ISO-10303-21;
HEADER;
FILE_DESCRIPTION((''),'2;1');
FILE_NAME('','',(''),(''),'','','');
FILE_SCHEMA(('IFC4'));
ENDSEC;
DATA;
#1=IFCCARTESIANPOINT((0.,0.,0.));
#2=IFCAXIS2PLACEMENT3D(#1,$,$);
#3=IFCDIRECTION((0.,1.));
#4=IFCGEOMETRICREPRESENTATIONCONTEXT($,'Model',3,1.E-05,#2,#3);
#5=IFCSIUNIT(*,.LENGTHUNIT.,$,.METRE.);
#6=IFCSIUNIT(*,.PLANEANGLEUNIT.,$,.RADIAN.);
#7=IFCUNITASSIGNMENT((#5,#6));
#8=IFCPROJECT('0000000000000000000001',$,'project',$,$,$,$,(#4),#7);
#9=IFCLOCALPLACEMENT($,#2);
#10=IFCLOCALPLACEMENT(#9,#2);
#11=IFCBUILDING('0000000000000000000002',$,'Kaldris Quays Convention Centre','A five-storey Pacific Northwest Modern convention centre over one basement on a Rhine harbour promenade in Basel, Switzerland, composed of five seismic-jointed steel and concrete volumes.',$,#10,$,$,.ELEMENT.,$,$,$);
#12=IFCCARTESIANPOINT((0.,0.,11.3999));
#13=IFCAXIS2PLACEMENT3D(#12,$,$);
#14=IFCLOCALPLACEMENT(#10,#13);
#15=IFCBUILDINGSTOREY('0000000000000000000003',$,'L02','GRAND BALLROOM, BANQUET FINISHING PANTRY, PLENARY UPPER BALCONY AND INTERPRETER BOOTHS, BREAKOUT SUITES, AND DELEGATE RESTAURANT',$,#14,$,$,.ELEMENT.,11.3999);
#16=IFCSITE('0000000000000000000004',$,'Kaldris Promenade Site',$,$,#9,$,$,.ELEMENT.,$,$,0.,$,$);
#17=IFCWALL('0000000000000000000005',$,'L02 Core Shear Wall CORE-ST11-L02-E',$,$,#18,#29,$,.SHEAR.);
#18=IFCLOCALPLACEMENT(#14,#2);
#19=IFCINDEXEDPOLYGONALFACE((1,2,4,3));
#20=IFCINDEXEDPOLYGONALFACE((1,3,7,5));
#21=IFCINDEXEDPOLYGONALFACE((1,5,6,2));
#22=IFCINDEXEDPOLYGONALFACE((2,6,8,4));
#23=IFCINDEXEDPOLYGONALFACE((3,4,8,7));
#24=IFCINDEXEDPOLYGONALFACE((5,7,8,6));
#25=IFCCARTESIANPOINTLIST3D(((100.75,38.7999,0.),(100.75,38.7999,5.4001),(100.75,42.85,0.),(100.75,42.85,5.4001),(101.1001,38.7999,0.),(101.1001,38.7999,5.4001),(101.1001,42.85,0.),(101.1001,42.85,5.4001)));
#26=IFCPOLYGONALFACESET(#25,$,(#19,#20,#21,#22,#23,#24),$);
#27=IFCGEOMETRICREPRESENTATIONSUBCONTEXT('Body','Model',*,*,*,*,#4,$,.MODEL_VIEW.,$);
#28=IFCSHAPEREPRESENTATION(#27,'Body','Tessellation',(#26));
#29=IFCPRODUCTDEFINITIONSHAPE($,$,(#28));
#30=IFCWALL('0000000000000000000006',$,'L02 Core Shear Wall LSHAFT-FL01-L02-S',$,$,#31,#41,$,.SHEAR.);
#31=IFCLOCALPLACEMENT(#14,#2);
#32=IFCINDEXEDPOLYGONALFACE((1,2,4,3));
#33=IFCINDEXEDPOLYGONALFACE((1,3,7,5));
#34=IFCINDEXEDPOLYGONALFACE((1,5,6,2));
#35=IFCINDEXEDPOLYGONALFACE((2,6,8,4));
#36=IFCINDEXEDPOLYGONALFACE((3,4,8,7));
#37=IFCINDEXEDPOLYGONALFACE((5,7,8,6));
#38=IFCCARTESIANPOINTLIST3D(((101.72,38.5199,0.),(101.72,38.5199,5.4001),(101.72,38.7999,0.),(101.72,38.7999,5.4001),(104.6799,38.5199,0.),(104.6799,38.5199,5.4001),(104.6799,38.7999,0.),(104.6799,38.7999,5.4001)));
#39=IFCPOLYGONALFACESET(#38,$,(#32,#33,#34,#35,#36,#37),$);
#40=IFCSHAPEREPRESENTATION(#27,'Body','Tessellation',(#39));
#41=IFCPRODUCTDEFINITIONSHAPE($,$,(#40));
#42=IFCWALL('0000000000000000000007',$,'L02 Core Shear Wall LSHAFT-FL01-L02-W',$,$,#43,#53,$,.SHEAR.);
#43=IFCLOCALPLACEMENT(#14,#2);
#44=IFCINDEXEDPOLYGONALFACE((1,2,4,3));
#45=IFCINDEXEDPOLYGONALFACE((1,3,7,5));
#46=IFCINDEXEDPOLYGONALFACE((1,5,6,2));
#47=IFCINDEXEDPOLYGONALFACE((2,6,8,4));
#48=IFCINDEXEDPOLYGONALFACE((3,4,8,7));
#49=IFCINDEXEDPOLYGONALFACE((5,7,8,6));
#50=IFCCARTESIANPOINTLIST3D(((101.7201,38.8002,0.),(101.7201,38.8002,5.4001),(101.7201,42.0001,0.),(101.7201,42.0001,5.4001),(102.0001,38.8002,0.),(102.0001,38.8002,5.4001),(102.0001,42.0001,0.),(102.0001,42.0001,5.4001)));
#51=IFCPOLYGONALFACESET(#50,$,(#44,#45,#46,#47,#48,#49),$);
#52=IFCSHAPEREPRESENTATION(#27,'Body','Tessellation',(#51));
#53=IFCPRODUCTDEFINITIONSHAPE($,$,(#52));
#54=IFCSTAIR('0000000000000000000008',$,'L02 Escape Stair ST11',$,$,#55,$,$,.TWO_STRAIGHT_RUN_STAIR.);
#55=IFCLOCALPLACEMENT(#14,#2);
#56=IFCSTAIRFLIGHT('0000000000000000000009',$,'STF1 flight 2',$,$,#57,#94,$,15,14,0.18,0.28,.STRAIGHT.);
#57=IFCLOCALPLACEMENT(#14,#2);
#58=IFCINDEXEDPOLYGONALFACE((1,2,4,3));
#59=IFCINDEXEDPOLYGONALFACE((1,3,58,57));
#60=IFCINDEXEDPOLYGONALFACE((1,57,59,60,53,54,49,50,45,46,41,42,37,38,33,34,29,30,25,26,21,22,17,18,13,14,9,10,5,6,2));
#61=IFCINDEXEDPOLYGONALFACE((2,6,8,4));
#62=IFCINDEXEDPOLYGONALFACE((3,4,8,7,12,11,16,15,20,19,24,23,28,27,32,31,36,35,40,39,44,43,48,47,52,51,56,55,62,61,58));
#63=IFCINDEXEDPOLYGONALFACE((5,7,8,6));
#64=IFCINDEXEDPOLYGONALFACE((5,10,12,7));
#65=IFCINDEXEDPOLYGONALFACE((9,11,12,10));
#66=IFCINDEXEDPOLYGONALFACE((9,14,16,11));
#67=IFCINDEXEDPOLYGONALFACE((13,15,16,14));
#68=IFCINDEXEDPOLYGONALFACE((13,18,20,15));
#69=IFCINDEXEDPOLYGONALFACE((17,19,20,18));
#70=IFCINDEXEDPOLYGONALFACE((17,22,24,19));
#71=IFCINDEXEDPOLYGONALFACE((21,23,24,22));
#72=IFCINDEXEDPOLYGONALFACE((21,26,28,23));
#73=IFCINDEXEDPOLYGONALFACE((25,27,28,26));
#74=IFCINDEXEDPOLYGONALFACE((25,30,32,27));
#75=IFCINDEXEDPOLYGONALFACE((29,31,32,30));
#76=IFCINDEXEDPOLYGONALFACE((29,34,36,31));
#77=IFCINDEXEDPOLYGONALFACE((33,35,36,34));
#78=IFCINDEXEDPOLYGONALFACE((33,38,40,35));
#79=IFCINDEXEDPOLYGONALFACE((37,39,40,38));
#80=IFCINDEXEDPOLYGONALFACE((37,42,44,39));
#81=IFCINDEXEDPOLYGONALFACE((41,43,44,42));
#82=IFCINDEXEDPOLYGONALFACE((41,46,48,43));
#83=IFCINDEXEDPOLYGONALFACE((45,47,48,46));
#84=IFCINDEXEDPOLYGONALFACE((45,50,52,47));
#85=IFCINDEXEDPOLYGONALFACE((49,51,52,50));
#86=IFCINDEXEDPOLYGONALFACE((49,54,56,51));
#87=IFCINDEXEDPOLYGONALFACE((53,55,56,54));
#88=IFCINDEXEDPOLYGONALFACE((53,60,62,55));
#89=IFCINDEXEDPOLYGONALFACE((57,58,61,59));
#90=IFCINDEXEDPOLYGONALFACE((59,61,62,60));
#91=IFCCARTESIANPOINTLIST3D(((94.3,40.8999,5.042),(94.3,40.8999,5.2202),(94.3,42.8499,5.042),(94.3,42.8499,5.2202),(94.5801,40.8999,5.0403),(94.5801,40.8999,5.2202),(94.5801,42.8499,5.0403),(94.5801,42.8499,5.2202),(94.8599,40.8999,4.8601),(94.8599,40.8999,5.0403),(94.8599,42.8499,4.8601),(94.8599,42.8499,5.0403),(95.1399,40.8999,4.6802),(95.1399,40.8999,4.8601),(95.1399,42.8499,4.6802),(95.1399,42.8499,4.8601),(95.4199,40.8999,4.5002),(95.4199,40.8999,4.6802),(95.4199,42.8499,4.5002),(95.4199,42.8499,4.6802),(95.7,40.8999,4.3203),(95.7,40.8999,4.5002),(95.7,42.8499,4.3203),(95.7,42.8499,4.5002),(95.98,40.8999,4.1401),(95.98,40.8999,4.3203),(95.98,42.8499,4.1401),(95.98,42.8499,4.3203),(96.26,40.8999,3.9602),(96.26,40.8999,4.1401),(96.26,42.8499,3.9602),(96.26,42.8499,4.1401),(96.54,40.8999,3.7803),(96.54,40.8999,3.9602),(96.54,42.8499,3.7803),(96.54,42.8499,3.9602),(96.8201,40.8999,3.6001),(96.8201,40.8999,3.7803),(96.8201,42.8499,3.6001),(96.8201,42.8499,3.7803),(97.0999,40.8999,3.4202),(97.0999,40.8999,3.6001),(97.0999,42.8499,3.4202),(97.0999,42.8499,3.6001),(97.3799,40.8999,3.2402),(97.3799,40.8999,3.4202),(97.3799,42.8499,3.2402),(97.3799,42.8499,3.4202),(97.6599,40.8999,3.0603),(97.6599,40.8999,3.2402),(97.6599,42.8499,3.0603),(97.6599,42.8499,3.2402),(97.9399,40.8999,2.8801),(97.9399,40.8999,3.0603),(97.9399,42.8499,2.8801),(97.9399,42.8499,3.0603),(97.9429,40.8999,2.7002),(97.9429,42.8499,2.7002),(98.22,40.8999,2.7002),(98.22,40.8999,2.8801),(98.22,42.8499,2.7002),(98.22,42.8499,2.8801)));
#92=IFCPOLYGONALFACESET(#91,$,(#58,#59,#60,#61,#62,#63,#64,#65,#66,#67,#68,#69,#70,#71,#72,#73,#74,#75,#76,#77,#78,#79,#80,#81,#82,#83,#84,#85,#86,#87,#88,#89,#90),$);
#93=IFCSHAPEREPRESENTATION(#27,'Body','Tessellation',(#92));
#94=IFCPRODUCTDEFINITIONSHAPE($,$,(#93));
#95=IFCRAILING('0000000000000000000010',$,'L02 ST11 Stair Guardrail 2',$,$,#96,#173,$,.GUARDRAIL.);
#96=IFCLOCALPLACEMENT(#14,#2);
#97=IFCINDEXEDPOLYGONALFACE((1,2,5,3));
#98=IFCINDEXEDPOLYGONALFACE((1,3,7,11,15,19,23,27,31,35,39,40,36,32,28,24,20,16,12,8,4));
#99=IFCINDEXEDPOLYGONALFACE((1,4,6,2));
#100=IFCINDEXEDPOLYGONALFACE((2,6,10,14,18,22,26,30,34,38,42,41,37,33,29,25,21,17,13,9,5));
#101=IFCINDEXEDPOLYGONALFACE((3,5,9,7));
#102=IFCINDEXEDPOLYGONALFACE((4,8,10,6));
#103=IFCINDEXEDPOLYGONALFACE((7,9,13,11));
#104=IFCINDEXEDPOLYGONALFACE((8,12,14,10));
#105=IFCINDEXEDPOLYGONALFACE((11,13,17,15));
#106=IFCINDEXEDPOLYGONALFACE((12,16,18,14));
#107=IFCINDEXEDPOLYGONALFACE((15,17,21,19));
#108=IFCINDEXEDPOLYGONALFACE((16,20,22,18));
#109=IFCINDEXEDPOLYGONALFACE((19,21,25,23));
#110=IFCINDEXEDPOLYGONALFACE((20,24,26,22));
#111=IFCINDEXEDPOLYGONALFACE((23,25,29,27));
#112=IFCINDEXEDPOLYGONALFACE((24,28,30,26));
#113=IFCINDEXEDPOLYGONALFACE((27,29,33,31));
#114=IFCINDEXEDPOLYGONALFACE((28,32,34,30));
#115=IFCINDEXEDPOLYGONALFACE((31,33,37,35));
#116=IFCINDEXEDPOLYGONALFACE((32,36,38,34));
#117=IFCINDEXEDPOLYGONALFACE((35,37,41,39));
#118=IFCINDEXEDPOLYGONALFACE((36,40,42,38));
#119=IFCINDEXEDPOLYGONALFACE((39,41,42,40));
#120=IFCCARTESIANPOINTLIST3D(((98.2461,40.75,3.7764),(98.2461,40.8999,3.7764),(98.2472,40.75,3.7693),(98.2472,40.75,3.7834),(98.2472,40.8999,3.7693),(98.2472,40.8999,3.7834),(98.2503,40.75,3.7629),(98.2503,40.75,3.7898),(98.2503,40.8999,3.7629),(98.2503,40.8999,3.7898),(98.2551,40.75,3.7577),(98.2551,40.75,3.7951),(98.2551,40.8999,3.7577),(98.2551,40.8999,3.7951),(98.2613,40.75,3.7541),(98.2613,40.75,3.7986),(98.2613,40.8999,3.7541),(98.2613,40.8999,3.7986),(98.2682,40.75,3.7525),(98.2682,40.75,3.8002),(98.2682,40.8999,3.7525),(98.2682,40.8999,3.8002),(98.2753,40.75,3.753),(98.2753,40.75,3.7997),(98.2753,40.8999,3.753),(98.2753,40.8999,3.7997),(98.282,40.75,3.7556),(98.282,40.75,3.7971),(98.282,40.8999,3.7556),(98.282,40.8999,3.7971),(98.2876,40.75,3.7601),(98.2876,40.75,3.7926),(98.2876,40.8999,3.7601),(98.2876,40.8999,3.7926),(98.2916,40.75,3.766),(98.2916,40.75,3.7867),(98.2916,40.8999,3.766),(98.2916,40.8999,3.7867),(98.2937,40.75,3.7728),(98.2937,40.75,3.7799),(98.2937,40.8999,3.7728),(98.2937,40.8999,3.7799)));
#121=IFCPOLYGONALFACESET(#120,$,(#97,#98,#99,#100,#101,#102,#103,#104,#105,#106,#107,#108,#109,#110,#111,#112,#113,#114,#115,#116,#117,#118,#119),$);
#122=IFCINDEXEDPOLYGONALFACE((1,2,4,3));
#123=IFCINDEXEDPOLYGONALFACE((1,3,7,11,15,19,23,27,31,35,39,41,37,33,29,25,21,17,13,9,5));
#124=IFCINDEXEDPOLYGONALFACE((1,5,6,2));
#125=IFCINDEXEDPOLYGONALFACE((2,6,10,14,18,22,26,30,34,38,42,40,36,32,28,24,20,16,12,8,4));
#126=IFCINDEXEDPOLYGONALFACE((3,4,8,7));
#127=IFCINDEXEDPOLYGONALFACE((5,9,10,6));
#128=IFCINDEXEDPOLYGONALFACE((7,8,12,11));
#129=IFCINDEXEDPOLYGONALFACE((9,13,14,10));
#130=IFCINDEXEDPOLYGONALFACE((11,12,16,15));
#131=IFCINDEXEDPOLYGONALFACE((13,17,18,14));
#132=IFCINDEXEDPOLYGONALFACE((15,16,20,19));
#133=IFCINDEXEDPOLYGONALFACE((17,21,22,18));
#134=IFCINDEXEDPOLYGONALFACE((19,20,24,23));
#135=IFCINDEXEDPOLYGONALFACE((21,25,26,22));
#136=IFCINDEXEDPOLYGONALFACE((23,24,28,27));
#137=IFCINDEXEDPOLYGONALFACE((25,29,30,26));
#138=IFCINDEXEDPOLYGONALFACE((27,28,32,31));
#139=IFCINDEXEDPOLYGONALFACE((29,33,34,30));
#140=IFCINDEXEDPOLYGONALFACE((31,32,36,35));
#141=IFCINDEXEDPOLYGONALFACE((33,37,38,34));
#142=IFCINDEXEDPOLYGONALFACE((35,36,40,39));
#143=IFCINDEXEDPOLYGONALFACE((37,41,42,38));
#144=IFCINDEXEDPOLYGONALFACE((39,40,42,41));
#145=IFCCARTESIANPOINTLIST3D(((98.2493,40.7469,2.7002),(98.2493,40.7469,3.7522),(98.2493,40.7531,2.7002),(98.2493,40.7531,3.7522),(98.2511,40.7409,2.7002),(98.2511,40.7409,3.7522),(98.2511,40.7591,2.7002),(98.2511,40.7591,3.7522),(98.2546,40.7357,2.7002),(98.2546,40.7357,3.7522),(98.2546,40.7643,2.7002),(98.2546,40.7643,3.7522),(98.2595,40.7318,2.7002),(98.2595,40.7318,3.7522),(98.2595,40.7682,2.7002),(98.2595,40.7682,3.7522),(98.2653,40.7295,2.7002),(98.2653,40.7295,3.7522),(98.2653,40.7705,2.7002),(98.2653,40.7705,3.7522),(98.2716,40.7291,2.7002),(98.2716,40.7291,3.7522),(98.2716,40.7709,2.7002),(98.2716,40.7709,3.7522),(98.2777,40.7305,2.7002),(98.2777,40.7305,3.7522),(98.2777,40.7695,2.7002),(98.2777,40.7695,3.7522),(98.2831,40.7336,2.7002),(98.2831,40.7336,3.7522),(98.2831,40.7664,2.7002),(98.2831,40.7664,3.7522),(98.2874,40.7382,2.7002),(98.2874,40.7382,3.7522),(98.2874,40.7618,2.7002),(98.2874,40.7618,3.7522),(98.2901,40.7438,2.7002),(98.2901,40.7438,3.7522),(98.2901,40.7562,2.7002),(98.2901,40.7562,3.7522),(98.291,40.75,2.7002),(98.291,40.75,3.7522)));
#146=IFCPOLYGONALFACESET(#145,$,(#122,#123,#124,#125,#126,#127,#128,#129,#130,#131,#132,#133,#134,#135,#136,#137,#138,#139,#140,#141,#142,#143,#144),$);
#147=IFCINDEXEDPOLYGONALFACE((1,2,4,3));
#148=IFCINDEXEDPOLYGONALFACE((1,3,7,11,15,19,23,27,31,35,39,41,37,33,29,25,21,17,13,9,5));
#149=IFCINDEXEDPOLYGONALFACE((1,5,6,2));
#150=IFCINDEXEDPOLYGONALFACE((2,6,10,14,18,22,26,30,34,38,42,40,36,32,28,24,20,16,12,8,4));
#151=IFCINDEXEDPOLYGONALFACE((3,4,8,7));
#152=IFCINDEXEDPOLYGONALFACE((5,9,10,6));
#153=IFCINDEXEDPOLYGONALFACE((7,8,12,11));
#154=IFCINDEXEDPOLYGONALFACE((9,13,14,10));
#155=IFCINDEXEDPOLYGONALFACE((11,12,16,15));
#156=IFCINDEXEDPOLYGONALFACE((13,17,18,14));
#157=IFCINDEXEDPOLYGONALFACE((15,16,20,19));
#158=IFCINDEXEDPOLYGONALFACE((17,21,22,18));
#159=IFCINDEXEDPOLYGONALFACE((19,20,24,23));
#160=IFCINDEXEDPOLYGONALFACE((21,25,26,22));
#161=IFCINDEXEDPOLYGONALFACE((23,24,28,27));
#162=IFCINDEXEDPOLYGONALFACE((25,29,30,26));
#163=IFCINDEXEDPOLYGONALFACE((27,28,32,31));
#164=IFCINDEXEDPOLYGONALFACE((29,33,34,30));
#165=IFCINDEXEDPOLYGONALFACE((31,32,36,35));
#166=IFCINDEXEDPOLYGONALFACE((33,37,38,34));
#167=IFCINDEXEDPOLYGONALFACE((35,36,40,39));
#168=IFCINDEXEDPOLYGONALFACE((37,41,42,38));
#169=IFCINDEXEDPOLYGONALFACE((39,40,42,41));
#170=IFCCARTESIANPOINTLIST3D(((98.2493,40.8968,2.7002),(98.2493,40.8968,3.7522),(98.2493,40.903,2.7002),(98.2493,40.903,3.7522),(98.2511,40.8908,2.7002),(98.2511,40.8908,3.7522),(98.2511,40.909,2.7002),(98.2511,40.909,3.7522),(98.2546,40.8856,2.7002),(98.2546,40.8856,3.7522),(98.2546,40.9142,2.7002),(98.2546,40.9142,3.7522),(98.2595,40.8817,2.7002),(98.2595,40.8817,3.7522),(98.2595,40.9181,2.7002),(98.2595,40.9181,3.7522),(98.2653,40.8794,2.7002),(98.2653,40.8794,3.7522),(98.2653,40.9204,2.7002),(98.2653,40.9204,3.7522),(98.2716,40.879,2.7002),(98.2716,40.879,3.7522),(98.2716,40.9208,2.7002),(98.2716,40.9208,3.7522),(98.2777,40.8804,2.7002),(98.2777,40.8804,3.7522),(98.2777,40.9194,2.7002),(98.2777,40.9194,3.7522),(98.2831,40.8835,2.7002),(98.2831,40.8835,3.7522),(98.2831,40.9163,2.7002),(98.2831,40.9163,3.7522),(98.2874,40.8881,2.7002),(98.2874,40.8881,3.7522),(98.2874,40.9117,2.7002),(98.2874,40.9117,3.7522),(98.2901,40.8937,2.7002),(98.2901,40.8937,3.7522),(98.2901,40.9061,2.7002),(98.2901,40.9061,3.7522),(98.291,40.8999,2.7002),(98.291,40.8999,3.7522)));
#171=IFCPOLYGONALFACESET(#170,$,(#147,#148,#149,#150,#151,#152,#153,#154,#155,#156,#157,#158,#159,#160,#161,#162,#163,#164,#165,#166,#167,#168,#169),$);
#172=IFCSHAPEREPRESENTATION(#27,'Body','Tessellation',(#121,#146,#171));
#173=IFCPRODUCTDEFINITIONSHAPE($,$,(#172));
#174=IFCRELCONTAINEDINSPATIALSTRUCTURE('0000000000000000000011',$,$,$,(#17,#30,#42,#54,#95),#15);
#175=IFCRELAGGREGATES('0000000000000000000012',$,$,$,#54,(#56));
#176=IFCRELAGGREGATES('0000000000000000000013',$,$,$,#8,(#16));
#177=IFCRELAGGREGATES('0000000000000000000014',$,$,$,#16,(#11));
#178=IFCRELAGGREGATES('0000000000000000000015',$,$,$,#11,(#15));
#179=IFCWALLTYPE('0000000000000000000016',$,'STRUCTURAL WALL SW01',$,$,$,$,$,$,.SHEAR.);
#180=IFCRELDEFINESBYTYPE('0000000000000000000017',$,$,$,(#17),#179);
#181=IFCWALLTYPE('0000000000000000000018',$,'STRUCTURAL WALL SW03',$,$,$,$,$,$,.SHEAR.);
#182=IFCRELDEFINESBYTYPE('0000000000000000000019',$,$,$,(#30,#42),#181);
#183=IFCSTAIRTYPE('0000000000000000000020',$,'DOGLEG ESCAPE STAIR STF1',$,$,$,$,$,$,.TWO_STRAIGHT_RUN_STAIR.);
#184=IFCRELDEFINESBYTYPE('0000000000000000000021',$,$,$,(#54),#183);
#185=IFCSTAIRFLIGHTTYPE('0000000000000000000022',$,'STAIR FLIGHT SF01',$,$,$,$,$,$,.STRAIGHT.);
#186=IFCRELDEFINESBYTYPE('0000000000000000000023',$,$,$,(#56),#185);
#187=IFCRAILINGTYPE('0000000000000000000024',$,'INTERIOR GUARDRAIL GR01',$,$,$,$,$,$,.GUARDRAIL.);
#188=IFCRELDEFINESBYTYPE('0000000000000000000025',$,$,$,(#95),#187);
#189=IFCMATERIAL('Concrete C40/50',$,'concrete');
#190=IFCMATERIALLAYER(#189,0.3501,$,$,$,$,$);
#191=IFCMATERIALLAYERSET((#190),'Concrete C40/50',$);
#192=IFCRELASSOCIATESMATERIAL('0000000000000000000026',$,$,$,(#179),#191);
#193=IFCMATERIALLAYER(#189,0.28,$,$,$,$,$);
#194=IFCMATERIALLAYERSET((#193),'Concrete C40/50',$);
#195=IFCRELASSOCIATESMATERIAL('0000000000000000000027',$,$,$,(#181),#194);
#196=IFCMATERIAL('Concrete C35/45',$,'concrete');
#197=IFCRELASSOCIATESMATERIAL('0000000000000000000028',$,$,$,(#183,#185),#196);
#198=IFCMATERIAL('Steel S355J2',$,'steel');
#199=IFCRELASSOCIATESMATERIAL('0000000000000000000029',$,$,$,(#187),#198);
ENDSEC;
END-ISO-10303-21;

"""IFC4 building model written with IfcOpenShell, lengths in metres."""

from ifc_helpers import new_model, si_unit, direction, frame, frame_2d, origin, origin_2d, place, context, subcontext, project, spatial, polyline, rectangle, circle, outline, extrude, material, layer, layer_set, type_object, element, aggregate, save


model = new_model("IFC4")

# Units and contexts
model_context = context("Model", 3, precision=1e-05, world=origin(), true_north=direction((0.0, 1.0)))
body_context = subcontext(model_context, "Body", "Model", "MODEL_VIEW")
ifc_project = project(units=[si_unit("LENGTHUNIT", "METRE"), si_unit("PLANEANGLEUNIT", "RADIAN")], contexts=[model_context])

# Site, building, storey
site_placement = place(None, origin())
site = spatial("IfcSite", under=ifc_project, at=site_placement, Name="Kaldris Promenade Site", CompositionType="ELEMENT", RefElevation=0.0)
building_placement = place(site_placement, origin())
building = spatial("IfcBuilding", under=site, at=building_placement, Name="Kaldris Quays Convention Centre", Description="A five-storey Pacific Northwest Modern convention centre over one basement on a Rhine harbour promenade in Basel, Switzerland, composed of five seismic-jointed steel and concrete volumes.", CompositionType="ELEMENT")
storey_placement = place(building_placement, frame((0.0, 0.0, 11.3999)))
storey = spatial("IfcBuildingStorey", under=building, at=storey_placement, Name="L02", Description="GRAND BALLROOM, BANQUET FINISHING PANTRY, PLENARY UPPER BALCONY AND INTERPRETER BOOTHS, BREAKOUT SUITES, AND DELEGATE RESTAURANT", CompositionType="ELEMENT", Elevation=11.3999)

# Shared definitions
ifc_material_1 = material(Name="Steel S355J2", Category="steel")

# Shared definitions
ifc_material_2 = material(Name="Concrete C35/45", Category="concrete")

# Walls
ifc_material_3 = material(Name="Concrete C40/50", Category="concrete")
ifc_layer_1 = layer(ifc_material_3, 0.3501)
ifc_layer_set_1 = layer_set([ifc_layer_1], Name="Concrete C40/50")
wall_type_1 = type_object("IfcWallType", Name="STRUCTURAL WALL SW01", PredefinedType="SHEAR", material=ifc_layer_set_1)
wall_1_placement = place(storey_placement, frame((100.925, 38.8, 0.0), z_axis=(0.0, 0.0, 1.0), x_axis=(0.0, 1.0, 0.0)))
element("IfcWall", 1, at=wall_1_placement, inside=storey, type_object=wall_type_1, Name="L02 Core Shear Wall CORE-ST11-L02-E", PredefinedType="SHEAR", context=body_context, shape_type="SweptSolid", body=[
    extrude(rectangle(XDim=4.05, YDim=0.3501, at=frame_2d((2.0249, 0.0))), origin(), (0.0, 0.0, 1.0), 5.4001),
])
ifc_layer_2 = layer(ifc_material_3, 0.28)
ifc_layer_set_2 = layer_set([ifc_layer_2], Name="Concrete C40/50")
wall_type_2 = type_object("IfcWallType", Name="STRUCTURAL WALL SW03", PredefinedType="SHEAR", material=ifc_layer_set_2)
wall_2_placement = place(storey_placement, frame((101.72, 38.6599, 0.0), z_axis=(0.0, 0.0, 1.0), x_axis=(1.0, 0.0, 0.0)))
element("IfcWall", 2, at=wall_2_placement, inside=storey, type_object=wall_type_2, Name="L02 Core Shear Wall LSHAFT-FL01-L02-S", PredefinedType="SHEAR", context=body_context, shape_type="SweptSolid", body=[
    extrude(rectangle(XDim=2.96, YDim=0.28, at=frame_2d((1.48, 0.0))), origin(), (0.0, 0.0, 1.0), 5.4001),
])

# Wall
wall_3_placement = place(storey_placement, frame((101.8601, 38.8, 0.0), z_axis=(0.0, 0.0, 1.0), x_axis=(0.0, 1.0, 0.0)))
element("IfcWall", 3, at=wall_3_placement, inside=storey, type_object=wall_type_2, Name="L02 Core Shear Wall LSHAFT-FL01-L02-W", PredefinedType="SHEAR", context=body_context, shape_type="SweptSolid", body=[
    extrude(rectangle(XDim=3.2, YDim=0.28, at=frame_2d((1.6001, 0.0))), origin(), (0.0, 0.0, 1.0), 5.4001),
])

# Stair, stair flight
stair_type = type_object("IfcStairType", Name="DOGLEG ESCAPE STAIR STF1", PredefinedType="TWO_STRAIGHT_RUN_STAIR", material=ifc_material_2)
stair_placement = place(storey_placement, origin())
stair = element("IfcStair", 4, at=stair_placement, inside=storey, type_object=stair_type, Name="L02 Escape Stair ST11", PredefinedType="TWO_STRAIGHT_RUN_STAIR")
stair_flight_type = type_object("IfcStairFlightType", Name="STAIR FLIGHT SF01", PredefinedType="STRAIGHT", material=ifc_material_2)
stair_flight_placement = place(storey_placement, frame((98.22, 41.875, 2.7002), z_axis=(0.0, 0.0, 1.0), x_axis=(-1.0, 0.0, 0.0)))
stair_flight = element("IfcStairFlight", 5, at=stair_flight_placement, type_object=stair_flight_type, Name="STF1 flight 2", NumberOfRisers=15, NumberOfTreads=14, PredefinedType="STRAIGHT", RiserHeight=0.18, TreadLength=0.28, context=body_context, shape_type="SweptSolid", body=[
    extrude(outline(polyline([(0.0, 0.0), (0.0, 0.1799), (0.28, 0.1799), (0.28, 0.3601), (0.5601, 0.3601), (0.5601, 0.54), (0.8401, 0.54), (0.8401, 0.72), (1.1201, 0.72), (1.1201, 0.8999), (1.3999, 0.8999), (1.3999, 1.0801), (1.6799, 1.0801), (1.6799, 1.26), (1.96, 1.26), (1.96, 1.4399), (2.24, 1.4399), (2.24, 1.6201), (2.52, 1.6201), (2.52, 1.8), (2.8, 1.8), (2.8, 1.98), (3.0801, 1.98), (3.0801, 2.1599), (3.3601, 2.1599), (3.3601, 2.3401), (3.6399, 2.3401), (3.6399, 2.52), (3.9199, 2.52), (3.9199, 2.7), (3.9199, 2.3418), (0.2771, 0.0), (0.0, 0.0)])), frame((0.0, 0.9751, 0.0), z_axis=(0.0, -1.0, 0.0), x_axis=(1.0, 0.0, 0.0)), (0.0, 0.0, 1.0), 1.95),
])
aggregate(stair, [stair_flight])

# Railing
railing_type_1 = type_object("IfcRailingType", Name="INTERIOR GUARDRAIL GR01", PredefinedType="GUARDRAIL", material=ifc_material_1)
railing_1_placement = place(storey_placement, frame((98.27, 40.75, 2.7002)))
element("IfcRailing", 6, at=railing_1_placement, inside=storey, type_object=railing_type_1, Name="L02 ST11 Stair Guardrail 2", PredefinedType="GUARDRAIL", context=body_context, shape_type="SweptSolid", body=[
    extrude(circle(Radius=0.0239, at=origin_2d()), frame((0.0, 0.0, 1.0762), z_axis=(0.0, 1.0, 0.0), x_axis=(-1.0, 0.0, 0.0)), (0.0, 0.0, 1.0), 0.1499),
    extrude(circle(Radius=0.021, at=origin_2d()), origin(), (0.0, 0.0, 1.0), 1.052),
    extrude(circle(Radius=0.021, at=origin_2d()), frame((0.0, 0.1499, 0.0)), (0.0, 0.0, 1.0), 1.052),
])

save(model, "model.ifc")
